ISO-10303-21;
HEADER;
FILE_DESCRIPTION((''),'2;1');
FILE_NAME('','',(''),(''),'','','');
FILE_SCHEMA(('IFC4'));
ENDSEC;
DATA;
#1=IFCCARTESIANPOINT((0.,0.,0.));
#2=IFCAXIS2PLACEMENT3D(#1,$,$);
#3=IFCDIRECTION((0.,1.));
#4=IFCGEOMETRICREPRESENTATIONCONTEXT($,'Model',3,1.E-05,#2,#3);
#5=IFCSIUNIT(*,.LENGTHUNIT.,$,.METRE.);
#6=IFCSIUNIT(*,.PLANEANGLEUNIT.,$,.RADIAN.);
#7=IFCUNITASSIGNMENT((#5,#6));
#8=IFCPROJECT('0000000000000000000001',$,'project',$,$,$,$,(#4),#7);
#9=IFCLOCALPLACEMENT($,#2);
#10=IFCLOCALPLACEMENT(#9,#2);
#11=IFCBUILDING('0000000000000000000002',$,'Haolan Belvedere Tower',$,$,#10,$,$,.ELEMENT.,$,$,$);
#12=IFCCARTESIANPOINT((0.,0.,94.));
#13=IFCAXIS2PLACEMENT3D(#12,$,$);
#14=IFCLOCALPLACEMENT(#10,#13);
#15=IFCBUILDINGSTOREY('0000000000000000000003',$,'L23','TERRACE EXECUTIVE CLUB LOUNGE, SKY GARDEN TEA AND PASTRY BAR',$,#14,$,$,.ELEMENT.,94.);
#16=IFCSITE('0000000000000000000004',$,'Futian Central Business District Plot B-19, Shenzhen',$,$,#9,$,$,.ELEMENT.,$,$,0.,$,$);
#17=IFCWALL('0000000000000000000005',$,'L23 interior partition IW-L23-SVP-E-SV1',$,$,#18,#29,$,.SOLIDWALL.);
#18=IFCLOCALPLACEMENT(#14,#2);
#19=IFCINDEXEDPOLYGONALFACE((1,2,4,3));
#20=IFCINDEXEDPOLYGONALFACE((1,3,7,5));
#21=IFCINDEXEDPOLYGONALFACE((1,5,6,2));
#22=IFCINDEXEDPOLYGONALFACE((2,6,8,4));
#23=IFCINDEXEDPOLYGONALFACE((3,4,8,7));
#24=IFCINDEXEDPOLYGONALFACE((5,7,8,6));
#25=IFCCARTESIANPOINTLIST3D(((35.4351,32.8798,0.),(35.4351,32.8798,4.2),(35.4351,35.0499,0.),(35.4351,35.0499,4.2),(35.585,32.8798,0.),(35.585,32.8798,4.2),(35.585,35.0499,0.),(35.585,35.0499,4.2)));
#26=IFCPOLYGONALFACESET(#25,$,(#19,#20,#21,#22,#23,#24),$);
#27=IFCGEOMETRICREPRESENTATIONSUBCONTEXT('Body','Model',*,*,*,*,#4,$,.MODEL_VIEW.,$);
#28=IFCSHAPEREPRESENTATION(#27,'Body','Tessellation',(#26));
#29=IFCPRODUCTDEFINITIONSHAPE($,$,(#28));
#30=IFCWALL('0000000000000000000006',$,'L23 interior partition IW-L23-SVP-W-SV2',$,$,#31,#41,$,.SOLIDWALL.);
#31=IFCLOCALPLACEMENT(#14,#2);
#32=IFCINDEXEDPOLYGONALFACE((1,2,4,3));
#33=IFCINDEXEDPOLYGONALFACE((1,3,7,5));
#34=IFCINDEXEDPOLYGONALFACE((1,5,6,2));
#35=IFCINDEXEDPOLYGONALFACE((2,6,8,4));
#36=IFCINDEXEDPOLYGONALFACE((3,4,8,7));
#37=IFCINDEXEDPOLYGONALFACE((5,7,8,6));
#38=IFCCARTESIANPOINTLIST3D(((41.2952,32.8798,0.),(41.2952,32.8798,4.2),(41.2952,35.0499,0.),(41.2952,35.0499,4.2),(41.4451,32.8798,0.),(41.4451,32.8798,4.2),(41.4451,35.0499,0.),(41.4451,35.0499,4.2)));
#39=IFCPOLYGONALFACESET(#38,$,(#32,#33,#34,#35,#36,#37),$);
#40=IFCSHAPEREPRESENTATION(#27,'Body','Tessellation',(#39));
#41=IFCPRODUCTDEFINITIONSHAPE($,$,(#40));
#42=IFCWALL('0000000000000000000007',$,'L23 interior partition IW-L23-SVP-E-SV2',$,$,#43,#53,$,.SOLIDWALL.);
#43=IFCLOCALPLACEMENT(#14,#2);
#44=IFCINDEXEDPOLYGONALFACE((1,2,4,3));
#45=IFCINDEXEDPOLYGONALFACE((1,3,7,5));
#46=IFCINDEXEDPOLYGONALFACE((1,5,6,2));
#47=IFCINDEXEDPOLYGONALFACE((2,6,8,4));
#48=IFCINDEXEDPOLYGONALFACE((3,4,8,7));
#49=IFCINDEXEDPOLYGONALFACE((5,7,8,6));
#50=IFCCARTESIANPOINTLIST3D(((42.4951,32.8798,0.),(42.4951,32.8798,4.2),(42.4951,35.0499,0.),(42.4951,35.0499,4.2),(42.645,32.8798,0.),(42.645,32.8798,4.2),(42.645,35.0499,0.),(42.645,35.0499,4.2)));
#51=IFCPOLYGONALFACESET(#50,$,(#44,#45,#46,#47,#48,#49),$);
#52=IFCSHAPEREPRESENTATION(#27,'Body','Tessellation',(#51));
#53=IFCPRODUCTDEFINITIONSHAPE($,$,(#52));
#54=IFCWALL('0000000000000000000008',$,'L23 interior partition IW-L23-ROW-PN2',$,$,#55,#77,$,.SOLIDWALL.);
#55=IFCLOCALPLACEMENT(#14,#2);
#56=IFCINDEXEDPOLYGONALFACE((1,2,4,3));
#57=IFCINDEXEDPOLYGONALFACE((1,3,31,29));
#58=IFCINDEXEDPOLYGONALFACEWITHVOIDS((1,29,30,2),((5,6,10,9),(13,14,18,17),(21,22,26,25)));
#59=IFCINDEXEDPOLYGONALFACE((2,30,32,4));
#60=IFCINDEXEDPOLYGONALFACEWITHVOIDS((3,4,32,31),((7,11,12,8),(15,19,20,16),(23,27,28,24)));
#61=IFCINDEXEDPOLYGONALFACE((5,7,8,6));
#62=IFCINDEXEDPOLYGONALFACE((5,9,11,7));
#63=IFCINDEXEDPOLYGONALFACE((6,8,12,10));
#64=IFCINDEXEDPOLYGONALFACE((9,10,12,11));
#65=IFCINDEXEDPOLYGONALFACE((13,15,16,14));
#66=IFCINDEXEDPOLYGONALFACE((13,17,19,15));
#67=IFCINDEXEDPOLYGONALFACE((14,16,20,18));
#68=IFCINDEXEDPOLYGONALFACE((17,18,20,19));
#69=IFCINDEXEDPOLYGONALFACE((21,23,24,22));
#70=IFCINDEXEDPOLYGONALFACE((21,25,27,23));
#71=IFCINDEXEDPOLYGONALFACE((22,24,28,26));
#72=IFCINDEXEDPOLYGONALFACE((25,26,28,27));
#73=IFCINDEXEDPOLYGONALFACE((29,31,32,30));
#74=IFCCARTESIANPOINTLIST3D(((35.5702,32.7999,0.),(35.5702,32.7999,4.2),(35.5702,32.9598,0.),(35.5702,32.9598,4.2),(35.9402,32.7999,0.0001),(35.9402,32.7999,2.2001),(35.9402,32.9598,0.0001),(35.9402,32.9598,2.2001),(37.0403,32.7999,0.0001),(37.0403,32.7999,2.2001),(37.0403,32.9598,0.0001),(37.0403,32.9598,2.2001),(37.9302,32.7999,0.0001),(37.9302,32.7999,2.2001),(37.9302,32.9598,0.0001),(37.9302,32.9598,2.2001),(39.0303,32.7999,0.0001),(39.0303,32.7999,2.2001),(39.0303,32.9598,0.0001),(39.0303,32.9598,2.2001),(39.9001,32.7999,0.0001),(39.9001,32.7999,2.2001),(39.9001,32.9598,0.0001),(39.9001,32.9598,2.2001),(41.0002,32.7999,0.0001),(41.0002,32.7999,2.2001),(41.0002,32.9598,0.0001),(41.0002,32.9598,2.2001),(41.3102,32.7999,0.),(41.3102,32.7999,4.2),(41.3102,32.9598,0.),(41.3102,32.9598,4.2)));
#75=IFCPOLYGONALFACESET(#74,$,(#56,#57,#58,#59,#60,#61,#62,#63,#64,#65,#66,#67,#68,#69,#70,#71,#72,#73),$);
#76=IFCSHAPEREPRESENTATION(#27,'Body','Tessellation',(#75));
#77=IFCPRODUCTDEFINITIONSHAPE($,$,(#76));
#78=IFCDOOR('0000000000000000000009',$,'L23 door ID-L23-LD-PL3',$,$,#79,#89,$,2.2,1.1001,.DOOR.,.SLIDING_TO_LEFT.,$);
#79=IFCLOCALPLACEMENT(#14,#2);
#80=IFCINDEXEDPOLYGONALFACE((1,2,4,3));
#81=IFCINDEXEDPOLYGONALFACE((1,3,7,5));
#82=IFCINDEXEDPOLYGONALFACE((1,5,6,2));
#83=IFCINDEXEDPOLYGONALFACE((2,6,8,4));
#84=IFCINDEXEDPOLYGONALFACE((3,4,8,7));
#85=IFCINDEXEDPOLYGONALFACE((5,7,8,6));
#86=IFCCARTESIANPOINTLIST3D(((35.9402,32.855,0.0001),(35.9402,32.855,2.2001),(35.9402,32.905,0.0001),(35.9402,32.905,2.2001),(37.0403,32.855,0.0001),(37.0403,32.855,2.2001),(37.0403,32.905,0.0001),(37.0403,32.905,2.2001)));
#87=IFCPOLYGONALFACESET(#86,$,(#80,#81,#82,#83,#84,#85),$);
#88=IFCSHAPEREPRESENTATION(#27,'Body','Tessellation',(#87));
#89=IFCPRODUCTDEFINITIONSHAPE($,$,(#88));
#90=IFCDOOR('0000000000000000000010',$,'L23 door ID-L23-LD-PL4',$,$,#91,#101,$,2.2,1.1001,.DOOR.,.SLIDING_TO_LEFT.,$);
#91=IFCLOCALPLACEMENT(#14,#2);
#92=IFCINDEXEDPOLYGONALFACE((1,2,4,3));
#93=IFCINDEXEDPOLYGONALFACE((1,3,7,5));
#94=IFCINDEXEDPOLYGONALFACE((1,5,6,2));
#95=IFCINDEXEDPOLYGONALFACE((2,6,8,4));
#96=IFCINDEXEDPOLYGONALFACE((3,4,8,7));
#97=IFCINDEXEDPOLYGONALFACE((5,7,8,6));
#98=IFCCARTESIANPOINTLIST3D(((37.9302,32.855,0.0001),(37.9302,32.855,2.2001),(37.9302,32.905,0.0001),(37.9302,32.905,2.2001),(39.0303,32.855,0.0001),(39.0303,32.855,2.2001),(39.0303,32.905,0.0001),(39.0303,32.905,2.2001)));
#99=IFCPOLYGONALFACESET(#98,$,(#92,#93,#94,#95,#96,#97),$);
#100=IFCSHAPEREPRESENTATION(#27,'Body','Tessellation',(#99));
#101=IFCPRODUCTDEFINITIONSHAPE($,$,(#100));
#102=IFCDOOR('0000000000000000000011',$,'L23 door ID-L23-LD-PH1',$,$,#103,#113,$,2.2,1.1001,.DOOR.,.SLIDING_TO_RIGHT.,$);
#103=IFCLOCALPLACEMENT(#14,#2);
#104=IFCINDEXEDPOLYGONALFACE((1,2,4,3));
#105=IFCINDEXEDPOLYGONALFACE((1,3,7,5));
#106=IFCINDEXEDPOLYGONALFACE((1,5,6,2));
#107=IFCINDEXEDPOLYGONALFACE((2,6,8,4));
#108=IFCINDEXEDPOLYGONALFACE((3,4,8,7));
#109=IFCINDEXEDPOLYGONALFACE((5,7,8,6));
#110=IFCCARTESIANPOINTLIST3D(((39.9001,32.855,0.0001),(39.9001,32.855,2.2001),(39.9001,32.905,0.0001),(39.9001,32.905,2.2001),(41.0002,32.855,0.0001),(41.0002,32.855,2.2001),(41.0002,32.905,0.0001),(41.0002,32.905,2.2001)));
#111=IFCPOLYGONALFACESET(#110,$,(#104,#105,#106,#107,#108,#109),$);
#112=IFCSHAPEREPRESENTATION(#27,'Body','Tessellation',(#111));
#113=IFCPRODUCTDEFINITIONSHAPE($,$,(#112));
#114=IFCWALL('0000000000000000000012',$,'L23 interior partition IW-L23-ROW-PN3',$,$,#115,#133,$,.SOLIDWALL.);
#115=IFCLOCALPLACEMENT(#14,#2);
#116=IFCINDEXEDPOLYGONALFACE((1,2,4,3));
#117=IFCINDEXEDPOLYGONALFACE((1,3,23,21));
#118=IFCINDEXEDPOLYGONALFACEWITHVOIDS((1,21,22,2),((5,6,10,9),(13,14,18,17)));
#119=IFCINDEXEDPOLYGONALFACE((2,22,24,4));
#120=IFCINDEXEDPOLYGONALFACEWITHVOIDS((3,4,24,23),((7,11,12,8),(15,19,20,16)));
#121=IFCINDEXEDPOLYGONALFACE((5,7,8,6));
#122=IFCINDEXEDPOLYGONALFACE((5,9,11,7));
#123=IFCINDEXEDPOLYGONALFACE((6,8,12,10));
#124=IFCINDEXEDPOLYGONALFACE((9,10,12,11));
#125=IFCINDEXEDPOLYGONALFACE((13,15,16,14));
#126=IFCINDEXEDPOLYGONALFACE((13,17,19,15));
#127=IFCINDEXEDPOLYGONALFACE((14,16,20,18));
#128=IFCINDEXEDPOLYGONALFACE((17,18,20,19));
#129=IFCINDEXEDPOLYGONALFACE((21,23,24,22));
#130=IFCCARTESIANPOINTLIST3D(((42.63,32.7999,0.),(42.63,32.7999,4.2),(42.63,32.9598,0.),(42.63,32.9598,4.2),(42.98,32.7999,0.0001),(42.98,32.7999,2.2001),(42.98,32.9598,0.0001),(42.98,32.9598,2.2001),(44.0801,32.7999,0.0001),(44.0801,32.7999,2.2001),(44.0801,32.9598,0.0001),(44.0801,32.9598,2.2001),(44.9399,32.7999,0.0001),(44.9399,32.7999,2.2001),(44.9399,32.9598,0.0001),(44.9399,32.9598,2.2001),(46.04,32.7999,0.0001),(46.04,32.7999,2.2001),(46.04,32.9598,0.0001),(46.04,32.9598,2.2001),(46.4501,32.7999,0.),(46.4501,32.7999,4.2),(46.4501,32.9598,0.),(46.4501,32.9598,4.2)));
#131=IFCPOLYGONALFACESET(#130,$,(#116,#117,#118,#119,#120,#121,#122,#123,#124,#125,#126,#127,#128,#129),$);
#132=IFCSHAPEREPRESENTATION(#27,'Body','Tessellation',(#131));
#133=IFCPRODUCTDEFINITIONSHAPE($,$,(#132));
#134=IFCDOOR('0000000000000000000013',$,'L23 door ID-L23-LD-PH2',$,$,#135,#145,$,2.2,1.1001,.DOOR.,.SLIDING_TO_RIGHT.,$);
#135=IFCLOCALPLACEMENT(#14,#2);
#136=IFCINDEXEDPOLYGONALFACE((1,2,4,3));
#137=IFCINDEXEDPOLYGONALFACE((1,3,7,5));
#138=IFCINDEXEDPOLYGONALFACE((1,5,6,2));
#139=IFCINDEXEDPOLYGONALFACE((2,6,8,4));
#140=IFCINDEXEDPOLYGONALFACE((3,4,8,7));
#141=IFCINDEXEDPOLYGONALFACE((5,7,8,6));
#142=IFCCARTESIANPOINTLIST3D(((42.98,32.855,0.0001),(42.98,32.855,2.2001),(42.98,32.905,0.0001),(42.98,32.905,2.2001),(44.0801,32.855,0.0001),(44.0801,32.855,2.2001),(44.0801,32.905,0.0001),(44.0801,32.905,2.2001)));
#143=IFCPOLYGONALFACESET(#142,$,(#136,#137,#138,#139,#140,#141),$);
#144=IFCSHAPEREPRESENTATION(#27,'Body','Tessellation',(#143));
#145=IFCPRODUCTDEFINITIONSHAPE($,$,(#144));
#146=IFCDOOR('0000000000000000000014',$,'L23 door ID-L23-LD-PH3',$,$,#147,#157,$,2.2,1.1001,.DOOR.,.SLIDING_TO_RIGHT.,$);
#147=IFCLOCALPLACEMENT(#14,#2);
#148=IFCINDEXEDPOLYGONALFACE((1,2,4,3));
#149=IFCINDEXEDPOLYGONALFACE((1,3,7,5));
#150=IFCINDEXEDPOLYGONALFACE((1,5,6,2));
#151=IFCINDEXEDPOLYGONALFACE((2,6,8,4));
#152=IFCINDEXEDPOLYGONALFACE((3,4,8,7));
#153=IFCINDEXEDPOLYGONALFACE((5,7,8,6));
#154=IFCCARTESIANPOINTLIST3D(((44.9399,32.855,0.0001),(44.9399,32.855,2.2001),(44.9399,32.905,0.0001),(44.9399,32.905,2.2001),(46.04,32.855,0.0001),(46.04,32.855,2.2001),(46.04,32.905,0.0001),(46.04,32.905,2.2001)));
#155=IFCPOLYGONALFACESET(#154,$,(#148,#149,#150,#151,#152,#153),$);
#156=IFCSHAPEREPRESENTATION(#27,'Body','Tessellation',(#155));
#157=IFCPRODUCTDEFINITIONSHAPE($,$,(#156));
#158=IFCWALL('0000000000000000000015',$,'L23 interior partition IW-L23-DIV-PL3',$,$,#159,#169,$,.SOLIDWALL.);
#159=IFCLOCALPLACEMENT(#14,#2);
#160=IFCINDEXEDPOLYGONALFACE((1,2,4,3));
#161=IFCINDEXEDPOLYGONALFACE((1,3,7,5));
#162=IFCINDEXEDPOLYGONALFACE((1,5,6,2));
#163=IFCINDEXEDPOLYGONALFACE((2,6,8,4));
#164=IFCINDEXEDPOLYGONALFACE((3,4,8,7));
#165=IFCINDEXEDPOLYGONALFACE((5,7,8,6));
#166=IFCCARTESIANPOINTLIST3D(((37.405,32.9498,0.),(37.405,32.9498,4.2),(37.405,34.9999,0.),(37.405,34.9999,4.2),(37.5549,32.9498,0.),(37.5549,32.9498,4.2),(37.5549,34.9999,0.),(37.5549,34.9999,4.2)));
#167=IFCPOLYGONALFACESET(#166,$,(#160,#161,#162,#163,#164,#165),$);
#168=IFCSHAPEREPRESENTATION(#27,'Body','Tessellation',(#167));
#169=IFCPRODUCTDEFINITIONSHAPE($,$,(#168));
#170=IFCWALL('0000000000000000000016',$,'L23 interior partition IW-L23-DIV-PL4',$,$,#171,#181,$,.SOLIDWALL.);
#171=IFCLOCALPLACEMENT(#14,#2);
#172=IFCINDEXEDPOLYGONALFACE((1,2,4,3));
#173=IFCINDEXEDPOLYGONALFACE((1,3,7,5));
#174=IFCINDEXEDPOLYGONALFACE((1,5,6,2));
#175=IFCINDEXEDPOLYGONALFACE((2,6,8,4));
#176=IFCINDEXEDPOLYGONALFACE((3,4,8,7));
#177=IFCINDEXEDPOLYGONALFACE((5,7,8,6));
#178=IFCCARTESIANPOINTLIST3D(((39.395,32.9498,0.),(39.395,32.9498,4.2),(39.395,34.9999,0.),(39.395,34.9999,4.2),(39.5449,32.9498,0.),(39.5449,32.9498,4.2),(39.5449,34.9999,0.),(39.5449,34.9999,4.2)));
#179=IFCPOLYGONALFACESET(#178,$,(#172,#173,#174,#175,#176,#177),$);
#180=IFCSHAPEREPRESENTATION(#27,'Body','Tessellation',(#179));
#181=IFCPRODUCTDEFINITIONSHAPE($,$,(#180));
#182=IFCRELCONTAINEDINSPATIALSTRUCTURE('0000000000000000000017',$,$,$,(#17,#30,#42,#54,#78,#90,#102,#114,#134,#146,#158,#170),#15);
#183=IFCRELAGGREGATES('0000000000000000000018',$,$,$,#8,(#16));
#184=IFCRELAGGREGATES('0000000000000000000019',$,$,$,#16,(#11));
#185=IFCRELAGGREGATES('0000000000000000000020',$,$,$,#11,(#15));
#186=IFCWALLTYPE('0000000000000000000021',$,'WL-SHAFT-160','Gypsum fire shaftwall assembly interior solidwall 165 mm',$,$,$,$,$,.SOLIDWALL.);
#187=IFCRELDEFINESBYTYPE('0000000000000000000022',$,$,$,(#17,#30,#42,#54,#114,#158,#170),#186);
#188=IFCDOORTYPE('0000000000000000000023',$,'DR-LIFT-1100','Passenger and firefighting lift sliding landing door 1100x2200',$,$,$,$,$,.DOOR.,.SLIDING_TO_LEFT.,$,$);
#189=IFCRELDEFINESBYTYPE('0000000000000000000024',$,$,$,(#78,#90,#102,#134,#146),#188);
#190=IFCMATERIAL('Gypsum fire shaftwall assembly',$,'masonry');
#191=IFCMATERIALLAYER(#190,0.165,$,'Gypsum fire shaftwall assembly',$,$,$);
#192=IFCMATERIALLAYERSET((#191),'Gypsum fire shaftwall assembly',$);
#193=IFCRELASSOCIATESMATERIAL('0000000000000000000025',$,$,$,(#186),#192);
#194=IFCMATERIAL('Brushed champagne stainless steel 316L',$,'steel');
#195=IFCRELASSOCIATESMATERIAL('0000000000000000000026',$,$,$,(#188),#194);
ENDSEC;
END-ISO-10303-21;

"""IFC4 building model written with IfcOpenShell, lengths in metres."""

from ifc_helpers import new_model, si_unit, direction, frame, frame_2d, origin, place, context, subcontext, project, spatial, rectangle, extrude, material, layer, layer_set, type_object, element, fill, save


model = new_model("IFC4")

# Units and contexts
model_context = context("Model", 3, precision=1e-05, world=origin(), true_north=direction((0.0, 1.0)))
body_context = subcontext(model_context, "Body", "Model", "MODEL_VIEW")
ifc_project = project(units=[si_unit("LENGTHUNIT", "METRE"), si_unit("PLANEANGLEUNIT", "RADIAN")], contexts=[model_context])

# Site, building, storey
site_placement = place(None, origin())
site = spatial("IfcSite", under=ifc_project, at=site_placement, Name="Futian Central Business District Plot B-19, Shenzhen", CompositionType="ELEMENT", RefElevation=0.0)
building_placement = place(site_placement, origin())
building = spatial("IfcBuilding", under=site, at=building_placement, Name="Haolan Belvedere Tower", CompositionType="ELEMENT")
storey_placement = place(building_placement, frame((0.0, 0.0, 94.0)))
storey = spatial("IfcBuildingStorey", under=building, at=storey_placement, Name="L23", Description="TERRACE EXECUTIVE CLUB LOUNGE, SKY GARDEN TEA AND PASTRY BAR", CompositionType="ELEMENT", Elevation=94.0)

# Walls
ifc_material_1 = material(Name="Gypsum fire shaftwall assembly", Category="masonry")
ifc_layer_1 = layer(ifc_material_1, 0.165, Name="Gypsum fire shaftwall assembly")
ifc_layer_set_1 = layer_set([ifc_layer_1], Name="Gypsum fire shaftwall assembly")
wall_type_1 = type_object("IfcWallType", Name="WL-SHAFT-160", Description="Gypsum fire shaftwall assembly interior solidwall 165 mm", PredefinedType="SOLIDWALL", material=ifc_layer_set_1)
for number, where, z_axis, x_axis, name in (
    (1, (35.51, 32.8799, 0.0), (0.0, 0.0, 1.0), (0.0, 1.0, 0.0), "L23 interior partition IW-L23-SVP-E-SV1"),
    (2, (41.3701, 32.8799, 0.0), (0.0, 0.0, 1.0), (0.0, 1.0, 0.0), "L23 interior partition IW-L23-SVP-W-SV2"),
    (3, (42.5701, 32.8799, 0.0), (0.0, 0.0, 1.0), (0.0, 1.0, 0.0), "L23 interior partition IW-L23-SVP-E-SV2"),
):
    element("IfcWall", number, at=place(storey_placement, frame(where, z_axis=z_axis, x_axis=x_axis)), inside=storey, type_object=wall_type_1, Name=name, PredefinedType="SOLIDWALL", context=body_context, shape_type="SweptSolid", body=[
        extrude(rectangle(XDim=2.1702, YDim=0.1499, at=frame_2d((1.085, 0.0))), origin(), (0.0, 0.0, 1.0), 4.2),
    ])

# Walls, openings, doors
wall_1_placement = place(storey_placement, frame((35.5701, 32.8799, 0.0), z_axis=(0.0, 0.0, 1.0), x_axis=(1.0, 0.0, 0.0)))
wall_1 = element("IfcWall", 4, at=wall_1_placement, inside=storey, type_object=wall_type_1, Name="L23 interior partition IW-L23-ROW-PN2", PredefinedType="SOLIDWALL", context=body_context, shape_type="SweptSolid", body=[
    extrude(rectangle(XDim=5.74, YDim=0.1599, at=frame_2d((2.8701, 0.0))), origin(), (0.0, 0.0, 1.0), 4.2),
])
opening_1_placement = place(wall_1_placement, frame((1.4702, 0.0, 0.0), z_axis=(0.0, 0.0, 1.0), x_axis=(-1.0, 0.0, 0.0)))
opening_1 = element("IfcOpeningElement", 5, at=opening_1_placement, cuts=wall_1, PredefinedType="OPENING", context=body_context, shape_type="SweptSolid", body=[
    extrude(rectangle(XDim=1.1001, YDim=2.2, at=frame_2d((0.55, 1.1001))), frame((0.0, 0.0898, 0.0), z_axis=(0.0, -1.0, 0.0), x_axis=(1.0, 0.0, 0.0)), (0.0, 0.0, 1.0), 0.1799),
])
opening_2_placement = place(wall_1_placement, frame((3.4602, 0.0, 0.0), z_axis=(0.0, 0.0, 1.0), x_axis=(-1.0, 0.0, 0.0)))
opening_2 = element("IfcOpeningElement", 6, at=opening_2_placement, cuts=wall_1, PredefinedType="OPENING", context=body_context, shape_type="SweptSolid", body=[
    extrude(rectangle(XDim=1.1001, YDim=2.2, at=frame_2d((0.55, 1.1001))), frame((0.0, 0.0898, 0.0), z_axis=(0.0, -1.0, 0.0), x_axis=(1.0, 0.0, 0.0)), (0.0, 0.0, 1.0), 0.1799),
])
opening_3_placement = place(wall_1_placement, frame((5.4302, 0.0, 0.0), z_axis=(0.0, 0.0, 1.0), x_axis=(-1.0, 0.0, 0.0)))
opening_3 = element("IfcOpeningElement", 7, at=opening_3_placement, cuts=wall_1, PredefinedType="OPENING", context=body_context, shape_type="SweptSolid", body=[
    extrude(rectangle(XDim=1.1001, YDim=2.2, at=frame_2d((0.55, 1.1001))), frame((0.0, 0.0898, 0.0), z_axis=(0.0, -1.0, 0.0), x_axis=(1.0, 0.0, 0.0)), (0.0, 0.0, 1.0), 0.1799),
])
ifc_material_2 = material(Name="Brushed champagne stainless steel 316L", Category="steel")
door_type_1 = type_object("IfcDoorType", Name="DR-LIFT-1100", Description="Passenger and firefighting lift sliding landing door 1100x2200", OperationType="SLIDING_TO_LEFT", PredefinedType="DOOR", material=ifc_material_2)
door_1_placement = place(opening_1_placement, origin())
door_1 = element("IfcDoor", 8, at=door_1_placement, inside=storey, type_object=door_type_1, Name="L23 door ID-L23-LD-PL3", OperationType="SLIDING_TO_LEFT", OverallHeight=2.2, OverallWidth=1.1001, PredefinedType="DOOR", context=body_context, shape_type="SweptSolid", body=[
    extrude(rectangle(XDim=1.1001, YDim=2.2, at=frame_2d((0.55, 1.1001))), frame((0.0, 0.0249, 0.0), z_axis=(0.0, -1.0, 0.0), x_axis=(1.0, 0.0, 0.0)), (0.0, 0.0, 1.0), 0.05),
])
fill(opening_1, door_1)
door_2_placement = place(opening_2_placement, origin())
door_2 = element("IfcDoor", 9, at=door_2_placement, inside=storey, type_object=door_type_1, Name="L23 door ID-L23-LD-PL4", OperationType="SLIDING_TO_LEFT", OverallHeight=2.2, OverallWidth=1.1001, PredefinedType="DOOR", context=body_context, shape_type="SweptSolid", body=[
    extrude(rectangle(XDim=1.1001, YDim=2.2, at=frame_2d((0.55, 1.1001))), frame((0.0, 0.0249, 0.0), z_axis=(0.0, -1.0, 0.0), x_axis=(1.0, 0.0, 0.0)), (0.0, 0.0, 1.0), 0.05),
])
fill(opening_2, door_2)
door_3_placement = place(opening_3_placement, origin())
door_3 = element("IfcDoor", 10, at=door_3_placement, inside=storey, type_object=door_type_1, Name="L23 door ID-L23-LD-PH1", OperationType="SLIDING_TO_RIGHT", OverallHeight=2.2, OverallWidth=1.1001, PredefinedType="DOOR", context=body_context, shape_type="SweptSolid", body=[
    extrude(rectangle(XDim=1.1001, YDim=2.2, at=frame_2d((0.55, 1.1001))), frame((0.0, 0.0249, 0.0), z_axis=(0.0, -1.0, 0.0), x_axis=(1.0, 0.0, 0.0)), (0.0, 0.0, 1.0), 0.05),
])
fill(opening_3, door_3)
wall_2_placement = place(storey_placement, frame((42.6299, 32.8799, 0.0), z_axis=(0.0, 0.0, 1.0), x_axis=(1.0, 0.0, 0.0)))
wall_2 = element("IfcWall", 11, at=wall_2_placement, inside=storey, type_object=wall_type_1, Name="L23 interior partition IW-L23-ROW-PN3", PredefinedType="SOLIDWALL", context=body_context, shape_type="SweptSolid", body=[
    extrude(rectangle(XDim=3.8201, YDim=0.1599, at=frame_2d((1.9102, 0.0))), origin(), (0.0, 0.0, 1.0), 4.2),
])
opening_4_placement = place(wall_2_placement, frame((1.4502, 0.0, 0.0), z_axis=(0.0, 0.0, 1.0), x_axis=(-1.0, 0.0, 0.0)))
opening_4 = element("IfcOpeningElement", 12, at=opening_4_placement, cuts=wall_2, PredefinedType="OPENING", context=body_context, shape_type="SweptSolid", body=[
    extrude(rectangle(XDim=1.1001, YDim=2.2, at=frame_2d((0.55, 1.1001))), frame((0.0, 0.0898, 0.0), z_axis=(0.0, -1.0, 0.0), x_axis=(1.0, 0.0, 0.0)), (0.0, 0.0, 1.0), 0.1799),
])
opening_5_placement = place(wall_2_placement, frame((3.4102, 0.0, 0.0), z_axis=(0.0, 0.0, 1.0), x_axis=(-1.0, 0.0, 0.0)))
opening_5 = element("IfcOpeningElement", 13, at=opening_5_placement, cuts=wall_2, PredefinedType="OPENING", context=body_context, shape_type="SweptSolid", body=[
    extrude(rectangle(XDim=1.1001, YDim=2.2, at=frame_2d((0.55, 1.1001))), frame((0.0, 0.0898, 0.0), z_axis=(0.0, -1.0, 0.0), x_axis=(1.0, 0.0, 0.0)), (0.0, 0.0, 1.0), 0.1799),
])
door_4_placement = place(opening_4_placement, origin())
door_4 = element("IfcDoor", 14, at=door_4_placement, inside=storey, type_object=door_type_1, Name="L23 door ID-L23-LD-PH2", OperationType="SLIDING_TO_RIGHT", OverallHeight=2.2, OverallWidth=1.1001, PredefinedType="DOOR", context=body_context, shape_type="SweptSolid", body=[
    extrude(rectangle(XDim=1.1001, YDim=2.2, at=frame_2d((0.55, 1.1001))), frame((0.0, 0.0249, 0.0), z_axis=(0.0, -1.0, 0.0), x_axis=(1.0, 0.0, 0.0)), (0.0, 0.0, 1.0), 0.05),
])
fill(opening_4, door_4)
door_5_placement = place(opening_5_placement, origin())
door_5 = element("IfcDoor", 15, at=door_5_placement, inside=storey, type_object=door_type_1, Name="L23 door ID-L23-LD-PH3", OperationType="SLIDING_TO_RIGHT", OverallHeight=2.2, OverallWidth=1.1001, PredefinedType="DOOR", context=body_context, shape_type="SweptSolid", body=[
    extrude(rectangle(XDim=1.1001, YDim=2.2, at=frame_2d((0.55, 1.1001))), frame((0.0, 0.0249, 0.0), z_axis=(0.0, -1.0, 0.0), x_axis=(1.0, 0.0, 0.0)), (0.0, 0.0, 1.0), 0.05),
])
fill(opening_5, door_5)

# Walls
for number, where, z_axis, x_axis, name in (
    (16, (37.48, 32.95, 0.0), (0.0, 0.0, 1.0), (0.0, 1.0, 0.0), "L23 interior partition IW-L23-DIV-PL3"),
    (17, (39.47, 32.95, 0.0), (0.0, 0.0, 1.0), (0.0, 1.0, 0.0), "L23 interior partition IW-L23-DIV-PL4"),
):
    element("IfcWall", number, at=place(storey_placement, frame(where, z_axis=z_axis, x_axis=x_axis)), inside=storey, type_object=wall_type_1, Name=name, PredefinedType="SOLIDWALL", context=body_context, shape_type="SweptSolid", body=[
        extrude(rectangle(XDim=2.05, YDim=0.1499, at=frame_2d((1.0249, 0.0))), origin(), (0.0, 0.0, 1.0), 4.2),
    ])

save(model, "model.ifc")
